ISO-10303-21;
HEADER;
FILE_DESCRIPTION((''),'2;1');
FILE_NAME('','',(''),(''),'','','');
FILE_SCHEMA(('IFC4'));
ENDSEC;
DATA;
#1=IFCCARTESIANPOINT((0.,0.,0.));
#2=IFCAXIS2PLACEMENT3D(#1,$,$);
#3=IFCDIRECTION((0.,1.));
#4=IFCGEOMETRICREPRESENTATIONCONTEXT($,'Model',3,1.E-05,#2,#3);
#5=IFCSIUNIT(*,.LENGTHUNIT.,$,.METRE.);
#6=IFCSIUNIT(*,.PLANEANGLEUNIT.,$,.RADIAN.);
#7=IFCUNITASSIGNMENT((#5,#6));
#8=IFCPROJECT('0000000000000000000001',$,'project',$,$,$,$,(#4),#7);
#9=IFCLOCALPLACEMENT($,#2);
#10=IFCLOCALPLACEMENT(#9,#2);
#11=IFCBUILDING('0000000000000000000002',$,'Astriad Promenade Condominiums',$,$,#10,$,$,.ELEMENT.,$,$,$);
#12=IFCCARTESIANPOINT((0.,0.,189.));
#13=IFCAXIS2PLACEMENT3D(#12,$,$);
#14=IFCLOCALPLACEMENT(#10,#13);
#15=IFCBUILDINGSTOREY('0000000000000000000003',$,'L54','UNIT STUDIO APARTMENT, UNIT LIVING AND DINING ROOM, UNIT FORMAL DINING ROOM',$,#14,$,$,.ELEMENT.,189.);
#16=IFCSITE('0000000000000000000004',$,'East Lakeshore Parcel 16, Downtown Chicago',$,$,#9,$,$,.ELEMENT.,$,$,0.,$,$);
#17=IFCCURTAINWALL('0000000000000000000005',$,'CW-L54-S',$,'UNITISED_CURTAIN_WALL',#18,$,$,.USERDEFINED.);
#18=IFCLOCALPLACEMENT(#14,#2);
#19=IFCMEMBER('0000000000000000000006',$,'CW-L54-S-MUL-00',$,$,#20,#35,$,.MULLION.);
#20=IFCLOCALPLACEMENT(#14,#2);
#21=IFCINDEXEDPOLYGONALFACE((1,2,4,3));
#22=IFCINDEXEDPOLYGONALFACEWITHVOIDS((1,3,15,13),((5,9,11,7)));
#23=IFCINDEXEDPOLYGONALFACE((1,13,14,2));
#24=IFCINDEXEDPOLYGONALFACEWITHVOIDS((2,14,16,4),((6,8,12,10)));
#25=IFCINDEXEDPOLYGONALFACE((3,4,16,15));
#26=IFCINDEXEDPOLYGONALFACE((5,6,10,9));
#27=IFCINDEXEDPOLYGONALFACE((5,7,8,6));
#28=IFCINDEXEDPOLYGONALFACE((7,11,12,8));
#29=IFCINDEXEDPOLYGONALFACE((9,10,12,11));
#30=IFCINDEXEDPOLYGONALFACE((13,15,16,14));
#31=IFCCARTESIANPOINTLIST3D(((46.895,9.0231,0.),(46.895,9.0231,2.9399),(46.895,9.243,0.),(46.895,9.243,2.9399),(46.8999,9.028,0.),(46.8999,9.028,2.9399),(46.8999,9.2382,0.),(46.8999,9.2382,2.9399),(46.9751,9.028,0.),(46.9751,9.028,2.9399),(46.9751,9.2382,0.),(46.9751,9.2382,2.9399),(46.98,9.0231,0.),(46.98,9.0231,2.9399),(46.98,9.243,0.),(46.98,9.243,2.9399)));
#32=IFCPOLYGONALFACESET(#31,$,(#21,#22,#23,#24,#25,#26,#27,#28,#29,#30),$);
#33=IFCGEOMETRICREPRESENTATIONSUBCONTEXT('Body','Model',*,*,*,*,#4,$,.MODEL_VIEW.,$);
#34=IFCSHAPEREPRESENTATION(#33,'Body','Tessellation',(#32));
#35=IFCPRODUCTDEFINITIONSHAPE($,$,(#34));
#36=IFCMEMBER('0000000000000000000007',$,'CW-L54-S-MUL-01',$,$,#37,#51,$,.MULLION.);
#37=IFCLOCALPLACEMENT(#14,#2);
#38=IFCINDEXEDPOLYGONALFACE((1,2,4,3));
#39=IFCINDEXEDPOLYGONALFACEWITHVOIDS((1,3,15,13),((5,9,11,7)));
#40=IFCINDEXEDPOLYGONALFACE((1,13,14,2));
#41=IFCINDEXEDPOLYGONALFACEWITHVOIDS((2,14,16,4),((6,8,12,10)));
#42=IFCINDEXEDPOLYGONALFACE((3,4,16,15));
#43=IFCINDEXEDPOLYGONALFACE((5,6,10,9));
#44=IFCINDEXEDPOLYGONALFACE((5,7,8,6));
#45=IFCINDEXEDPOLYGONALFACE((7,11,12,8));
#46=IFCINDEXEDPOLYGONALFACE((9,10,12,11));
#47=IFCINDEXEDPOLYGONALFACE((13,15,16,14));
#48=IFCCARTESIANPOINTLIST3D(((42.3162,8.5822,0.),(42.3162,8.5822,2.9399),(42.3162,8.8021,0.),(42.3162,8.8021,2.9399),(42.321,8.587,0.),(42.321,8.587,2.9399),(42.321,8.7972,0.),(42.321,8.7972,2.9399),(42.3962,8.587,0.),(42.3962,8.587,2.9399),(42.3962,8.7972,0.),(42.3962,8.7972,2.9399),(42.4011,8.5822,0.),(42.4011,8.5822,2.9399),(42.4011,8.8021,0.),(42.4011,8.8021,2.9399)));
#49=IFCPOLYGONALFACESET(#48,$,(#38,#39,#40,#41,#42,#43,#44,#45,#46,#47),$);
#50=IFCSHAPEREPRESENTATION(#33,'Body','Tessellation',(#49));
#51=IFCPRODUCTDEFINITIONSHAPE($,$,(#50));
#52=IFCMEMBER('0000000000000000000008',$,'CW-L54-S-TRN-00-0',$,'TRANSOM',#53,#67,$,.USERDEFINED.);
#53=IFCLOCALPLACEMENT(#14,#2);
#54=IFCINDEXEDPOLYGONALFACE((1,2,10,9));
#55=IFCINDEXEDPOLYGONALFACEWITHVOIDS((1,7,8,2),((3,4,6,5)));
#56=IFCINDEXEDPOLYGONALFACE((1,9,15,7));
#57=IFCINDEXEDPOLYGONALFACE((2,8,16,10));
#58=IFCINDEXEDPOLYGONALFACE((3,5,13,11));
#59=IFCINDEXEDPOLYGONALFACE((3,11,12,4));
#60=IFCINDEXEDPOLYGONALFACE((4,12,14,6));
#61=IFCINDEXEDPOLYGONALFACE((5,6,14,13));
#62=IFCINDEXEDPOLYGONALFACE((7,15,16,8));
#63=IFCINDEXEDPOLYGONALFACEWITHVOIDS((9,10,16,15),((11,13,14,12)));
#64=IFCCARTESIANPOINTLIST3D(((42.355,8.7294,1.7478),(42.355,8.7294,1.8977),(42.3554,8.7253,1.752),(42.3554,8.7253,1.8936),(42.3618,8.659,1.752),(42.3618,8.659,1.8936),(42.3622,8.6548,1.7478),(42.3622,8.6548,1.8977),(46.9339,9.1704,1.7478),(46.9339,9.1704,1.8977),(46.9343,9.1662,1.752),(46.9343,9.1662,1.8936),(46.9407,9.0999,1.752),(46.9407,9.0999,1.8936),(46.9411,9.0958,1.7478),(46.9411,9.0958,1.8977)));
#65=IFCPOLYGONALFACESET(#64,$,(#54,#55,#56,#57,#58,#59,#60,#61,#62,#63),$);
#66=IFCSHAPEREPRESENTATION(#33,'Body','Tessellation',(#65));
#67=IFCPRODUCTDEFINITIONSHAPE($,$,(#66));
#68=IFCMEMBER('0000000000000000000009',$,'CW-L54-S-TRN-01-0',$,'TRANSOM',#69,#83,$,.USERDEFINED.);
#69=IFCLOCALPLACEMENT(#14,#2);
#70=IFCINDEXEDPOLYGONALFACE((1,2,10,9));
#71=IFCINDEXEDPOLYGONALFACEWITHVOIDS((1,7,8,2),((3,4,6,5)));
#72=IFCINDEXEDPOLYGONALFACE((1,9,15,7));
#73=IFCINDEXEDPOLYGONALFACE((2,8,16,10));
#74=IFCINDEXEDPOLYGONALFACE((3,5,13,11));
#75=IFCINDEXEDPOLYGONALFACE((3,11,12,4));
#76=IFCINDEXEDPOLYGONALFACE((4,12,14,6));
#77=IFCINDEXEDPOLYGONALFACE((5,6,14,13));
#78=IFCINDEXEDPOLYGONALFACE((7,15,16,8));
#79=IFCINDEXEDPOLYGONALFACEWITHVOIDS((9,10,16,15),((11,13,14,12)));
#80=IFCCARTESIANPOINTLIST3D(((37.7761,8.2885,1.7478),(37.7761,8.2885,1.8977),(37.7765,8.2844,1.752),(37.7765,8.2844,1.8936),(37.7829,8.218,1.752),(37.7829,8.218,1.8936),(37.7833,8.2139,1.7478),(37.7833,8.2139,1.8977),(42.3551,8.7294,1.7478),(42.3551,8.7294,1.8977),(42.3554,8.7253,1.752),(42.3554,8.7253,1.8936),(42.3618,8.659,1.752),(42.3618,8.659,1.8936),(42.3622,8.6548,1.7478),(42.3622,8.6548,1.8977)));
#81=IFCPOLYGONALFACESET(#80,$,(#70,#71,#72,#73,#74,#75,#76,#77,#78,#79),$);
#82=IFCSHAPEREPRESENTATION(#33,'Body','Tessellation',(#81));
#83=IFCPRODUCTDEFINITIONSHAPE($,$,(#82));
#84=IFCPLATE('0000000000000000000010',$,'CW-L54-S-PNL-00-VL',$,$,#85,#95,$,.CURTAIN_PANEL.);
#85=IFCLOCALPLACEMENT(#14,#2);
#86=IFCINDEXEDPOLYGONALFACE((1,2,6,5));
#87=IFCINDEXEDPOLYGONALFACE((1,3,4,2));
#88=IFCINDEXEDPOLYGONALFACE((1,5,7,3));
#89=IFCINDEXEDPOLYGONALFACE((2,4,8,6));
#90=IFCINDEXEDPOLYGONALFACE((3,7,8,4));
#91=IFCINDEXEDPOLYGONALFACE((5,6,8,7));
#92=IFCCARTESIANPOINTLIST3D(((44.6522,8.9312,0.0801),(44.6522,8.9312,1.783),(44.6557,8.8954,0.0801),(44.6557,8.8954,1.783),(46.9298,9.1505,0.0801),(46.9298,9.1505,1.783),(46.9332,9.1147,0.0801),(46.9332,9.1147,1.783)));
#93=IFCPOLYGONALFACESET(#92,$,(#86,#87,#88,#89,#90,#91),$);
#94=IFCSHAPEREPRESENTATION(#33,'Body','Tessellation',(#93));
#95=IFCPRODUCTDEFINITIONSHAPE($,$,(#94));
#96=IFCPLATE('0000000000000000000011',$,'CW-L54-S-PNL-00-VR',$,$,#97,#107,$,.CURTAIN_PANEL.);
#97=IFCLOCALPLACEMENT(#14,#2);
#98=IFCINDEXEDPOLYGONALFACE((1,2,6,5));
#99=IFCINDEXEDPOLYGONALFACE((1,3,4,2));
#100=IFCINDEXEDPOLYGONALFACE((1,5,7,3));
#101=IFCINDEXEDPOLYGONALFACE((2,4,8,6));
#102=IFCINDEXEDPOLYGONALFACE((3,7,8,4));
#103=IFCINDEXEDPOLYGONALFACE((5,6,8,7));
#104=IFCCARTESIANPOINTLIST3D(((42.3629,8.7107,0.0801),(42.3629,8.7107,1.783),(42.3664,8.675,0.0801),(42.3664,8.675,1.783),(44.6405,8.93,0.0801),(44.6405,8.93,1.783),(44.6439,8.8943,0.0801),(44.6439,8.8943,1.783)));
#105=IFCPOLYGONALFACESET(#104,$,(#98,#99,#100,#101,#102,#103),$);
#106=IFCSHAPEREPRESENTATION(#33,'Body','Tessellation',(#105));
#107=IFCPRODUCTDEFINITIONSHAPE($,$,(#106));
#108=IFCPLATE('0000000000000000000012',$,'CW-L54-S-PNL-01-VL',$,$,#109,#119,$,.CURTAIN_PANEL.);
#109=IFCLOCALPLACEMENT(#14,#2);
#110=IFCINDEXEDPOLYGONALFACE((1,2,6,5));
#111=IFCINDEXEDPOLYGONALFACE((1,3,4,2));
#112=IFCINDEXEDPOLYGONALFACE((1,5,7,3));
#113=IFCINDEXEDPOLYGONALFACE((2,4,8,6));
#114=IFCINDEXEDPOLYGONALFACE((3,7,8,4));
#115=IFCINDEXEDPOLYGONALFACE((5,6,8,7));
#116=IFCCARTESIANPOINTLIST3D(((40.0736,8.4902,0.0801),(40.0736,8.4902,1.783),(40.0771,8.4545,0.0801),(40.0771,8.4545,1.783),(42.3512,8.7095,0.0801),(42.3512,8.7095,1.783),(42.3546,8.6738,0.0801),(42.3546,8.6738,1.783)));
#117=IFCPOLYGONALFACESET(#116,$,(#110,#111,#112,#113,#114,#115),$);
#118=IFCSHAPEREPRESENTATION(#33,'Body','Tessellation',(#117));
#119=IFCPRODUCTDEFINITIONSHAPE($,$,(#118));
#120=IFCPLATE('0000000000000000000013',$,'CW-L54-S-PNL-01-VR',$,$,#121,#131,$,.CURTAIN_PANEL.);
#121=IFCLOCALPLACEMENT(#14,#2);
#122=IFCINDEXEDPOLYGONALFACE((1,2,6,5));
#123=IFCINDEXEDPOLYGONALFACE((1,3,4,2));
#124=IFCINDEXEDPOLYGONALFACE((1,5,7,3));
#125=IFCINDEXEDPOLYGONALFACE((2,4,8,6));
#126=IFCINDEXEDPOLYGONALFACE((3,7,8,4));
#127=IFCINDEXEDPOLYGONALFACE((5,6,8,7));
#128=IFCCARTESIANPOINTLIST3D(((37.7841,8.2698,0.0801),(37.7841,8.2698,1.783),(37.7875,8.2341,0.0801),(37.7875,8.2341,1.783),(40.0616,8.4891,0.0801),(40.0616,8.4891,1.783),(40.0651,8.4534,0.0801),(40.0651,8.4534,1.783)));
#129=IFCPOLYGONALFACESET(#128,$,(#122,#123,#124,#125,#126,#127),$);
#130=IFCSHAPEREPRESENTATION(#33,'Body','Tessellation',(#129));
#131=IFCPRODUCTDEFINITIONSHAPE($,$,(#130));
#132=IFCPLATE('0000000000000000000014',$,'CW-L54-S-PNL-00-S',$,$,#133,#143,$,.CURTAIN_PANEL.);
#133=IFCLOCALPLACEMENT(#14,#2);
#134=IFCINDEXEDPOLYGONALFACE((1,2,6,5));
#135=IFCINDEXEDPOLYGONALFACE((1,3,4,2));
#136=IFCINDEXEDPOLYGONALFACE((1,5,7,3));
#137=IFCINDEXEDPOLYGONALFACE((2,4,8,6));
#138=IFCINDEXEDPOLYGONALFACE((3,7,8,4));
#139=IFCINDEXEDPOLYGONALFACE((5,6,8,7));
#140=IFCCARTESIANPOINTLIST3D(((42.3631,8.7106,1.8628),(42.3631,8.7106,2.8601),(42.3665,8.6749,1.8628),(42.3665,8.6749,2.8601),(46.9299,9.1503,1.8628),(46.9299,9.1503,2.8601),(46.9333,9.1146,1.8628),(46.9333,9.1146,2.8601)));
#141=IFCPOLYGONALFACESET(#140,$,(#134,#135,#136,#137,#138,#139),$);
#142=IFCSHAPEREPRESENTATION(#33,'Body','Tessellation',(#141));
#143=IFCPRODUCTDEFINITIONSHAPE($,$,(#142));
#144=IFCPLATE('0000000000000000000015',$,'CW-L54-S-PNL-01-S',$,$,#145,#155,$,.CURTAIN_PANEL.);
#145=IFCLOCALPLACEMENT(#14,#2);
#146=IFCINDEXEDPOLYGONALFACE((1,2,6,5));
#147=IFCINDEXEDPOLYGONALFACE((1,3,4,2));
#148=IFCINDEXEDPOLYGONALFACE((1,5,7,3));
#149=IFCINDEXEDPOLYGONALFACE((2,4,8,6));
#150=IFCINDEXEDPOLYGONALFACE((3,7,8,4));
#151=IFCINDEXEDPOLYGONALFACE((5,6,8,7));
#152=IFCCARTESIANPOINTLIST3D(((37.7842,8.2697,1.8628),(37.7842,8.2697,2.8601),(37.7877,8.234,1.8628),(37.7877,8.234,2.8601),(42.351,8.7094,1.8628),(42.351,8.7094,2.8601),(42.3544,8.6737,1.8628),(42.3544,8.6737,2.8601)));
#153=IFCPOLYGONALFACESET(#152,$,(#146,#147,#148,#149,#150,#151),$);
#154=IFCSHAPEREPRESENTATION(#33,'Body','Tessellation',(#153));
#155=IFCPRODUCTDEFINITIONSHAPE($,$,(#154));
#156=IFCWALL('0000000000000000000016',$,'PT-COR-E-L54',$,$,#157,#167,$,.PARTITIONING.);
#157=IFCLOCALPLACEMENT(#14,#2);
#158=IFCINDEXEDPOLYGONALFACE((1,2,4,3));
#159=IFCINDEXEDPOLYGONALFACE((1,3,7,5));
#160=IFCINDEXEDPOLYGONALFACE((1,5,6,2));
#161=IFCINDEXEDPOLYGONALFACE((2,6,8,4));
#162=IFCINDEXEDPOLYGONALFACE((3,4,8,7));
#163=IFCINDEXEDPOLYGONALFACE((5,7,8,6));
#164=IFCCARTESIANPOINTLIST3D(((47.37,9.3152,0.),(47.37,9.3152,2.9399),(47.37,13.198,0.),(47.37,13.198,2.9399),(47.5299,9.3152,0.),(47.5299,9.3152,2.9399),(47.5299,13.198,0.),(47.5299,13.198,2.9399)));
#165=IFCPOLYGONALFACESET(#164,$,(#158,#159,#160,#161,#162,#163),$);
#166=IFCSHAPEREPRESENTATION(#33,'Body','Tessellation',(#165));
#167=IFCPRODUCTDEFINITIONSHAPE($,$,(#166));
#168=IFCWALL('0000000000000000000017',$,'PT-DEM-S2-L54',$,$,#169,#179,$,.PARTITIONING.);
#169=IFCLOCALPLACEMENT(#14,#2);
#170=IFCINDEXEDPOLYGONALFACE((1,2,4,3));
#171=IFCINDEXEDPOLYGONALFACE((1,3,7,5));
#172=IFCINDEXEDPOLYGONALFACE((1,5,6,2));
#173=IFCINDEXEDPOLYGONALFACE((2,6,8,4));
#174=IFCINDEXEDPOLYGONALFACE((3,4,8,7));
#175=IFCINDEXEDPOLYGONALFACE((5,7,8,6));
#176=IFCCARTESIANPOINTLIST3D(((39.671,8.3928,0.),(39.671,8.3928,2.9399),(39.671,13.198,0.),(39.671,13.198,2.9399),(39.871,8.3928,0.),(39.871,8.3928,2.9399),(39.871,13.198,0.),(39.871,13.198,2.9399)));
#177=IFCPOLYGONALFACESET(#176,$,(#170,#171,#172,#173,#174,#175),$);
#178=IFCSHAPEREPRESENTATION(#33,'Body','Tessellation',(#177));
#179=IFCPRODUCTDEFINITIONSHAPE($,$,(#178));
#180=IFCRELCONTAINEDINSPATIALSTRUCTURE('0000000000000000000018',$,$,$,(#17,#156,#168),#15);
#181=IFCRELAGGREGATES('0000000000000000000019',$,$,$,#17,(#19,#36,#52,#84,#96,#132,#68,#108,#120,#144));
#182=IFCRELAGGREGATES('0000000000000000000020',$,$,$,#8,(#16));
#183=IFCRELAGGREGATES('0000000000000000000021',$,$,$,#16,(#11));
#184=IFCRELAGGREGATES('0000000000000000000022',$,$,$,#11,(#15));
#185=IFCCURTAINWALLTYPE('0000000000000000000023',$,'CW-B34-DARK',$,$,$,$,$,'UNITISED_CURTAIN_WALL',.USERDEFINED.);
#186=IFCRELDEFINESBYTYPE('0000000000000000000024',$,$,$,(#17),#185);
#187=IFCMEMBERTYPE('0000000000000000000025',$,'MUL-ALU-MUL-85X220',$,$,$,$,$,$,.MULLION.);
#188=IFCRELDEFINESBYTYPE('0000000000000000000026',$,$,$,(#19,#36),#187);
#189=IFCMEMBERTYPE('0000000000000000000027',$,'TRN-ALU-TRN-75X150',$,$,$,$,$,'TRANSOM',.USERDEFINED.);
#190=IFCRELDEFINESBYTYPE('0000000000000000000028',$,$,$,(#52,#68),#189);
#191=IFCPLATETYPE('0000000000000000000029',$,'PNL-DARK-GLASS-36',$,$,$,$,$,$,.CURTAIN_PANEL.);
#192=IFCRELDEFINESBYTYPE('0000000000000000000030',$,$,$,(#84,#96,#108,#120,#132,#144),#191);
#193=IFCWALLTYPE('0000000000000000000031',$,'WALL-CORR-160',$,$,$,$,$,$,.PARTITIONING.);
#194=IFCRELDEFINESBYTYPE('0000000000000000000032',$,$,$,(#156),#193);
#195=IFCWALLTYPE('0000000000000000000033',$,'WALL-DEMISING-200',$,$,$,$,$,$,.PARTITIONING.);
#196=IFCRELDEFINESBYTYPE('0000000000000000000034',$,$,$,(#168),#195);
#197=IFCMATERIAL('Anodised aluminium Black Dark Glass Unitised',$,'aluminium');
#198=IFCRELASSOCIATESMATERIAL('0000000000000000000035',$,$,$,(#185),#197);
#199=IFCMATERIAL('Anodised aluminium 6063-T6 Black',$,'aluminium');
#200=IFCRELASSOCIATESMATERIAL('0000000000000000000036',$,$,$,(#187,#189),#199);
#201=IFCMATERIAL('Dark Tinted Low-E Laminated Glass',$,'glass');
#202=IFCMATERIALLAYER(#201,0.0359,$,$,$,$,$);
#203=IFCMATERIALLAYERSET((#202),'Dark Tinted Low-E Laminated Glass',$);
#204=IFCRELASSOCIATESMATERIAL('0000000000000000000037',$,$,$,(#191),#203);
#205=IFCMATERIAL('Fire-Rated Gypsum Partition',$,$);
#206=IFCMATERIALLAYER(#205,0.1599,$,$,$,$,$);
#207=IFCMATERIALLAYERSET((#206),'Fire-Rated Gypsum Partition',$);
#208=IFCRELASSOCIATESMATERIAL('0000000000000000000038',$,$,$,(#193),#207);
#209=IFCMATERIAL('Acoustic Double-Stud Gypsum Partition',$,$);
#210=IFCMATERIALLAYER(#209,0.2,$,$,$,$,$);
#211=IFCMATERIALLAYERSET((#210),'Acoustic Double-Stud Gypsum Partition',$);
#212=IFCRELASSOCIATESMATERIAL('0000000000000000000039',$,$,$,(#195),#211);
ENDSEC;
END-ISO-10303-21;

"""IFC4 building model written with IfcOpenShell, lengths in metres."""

from ifc_helpers import new_model, si_unit, direction, frame, frame_2d, origin, origin_2d, place, context, subcontext, project, spatial, rectangle, hollow_rectangle, extrude, source, transform, mapped, material, layer, layer_set, material_profile, profile_set, type_object, type_shapes, element, aggregate, save


model = new_model("IFC4")

# Units and contexts
model_context = context("Model", 3, precision=1e-05, world=origin(), true_north=direction((0.0, 1.0)))
body_context = subcontext(model_context, "Body", "Model", "MODEL_VIEW")
ifc_project = project(units=[si_unit("LENGTHUNIT", "METRE"), si_unit("PLANEANGLEUNIT", "RADIAN")], contexts=[model_context])

# Site, building, storey
site_placement = place(None, origin())
site = spatial("IfcSite", under=ifc_project, at=site_placement, Name="East Lakeshore Parcel 16, Downtown Chicago", CompositionType="ELEMENT", RefElevation=0.0)
building_placement = place(site_placement, origin())
building = spatial("IfcBuilding", under=site, at=building_placement, Name="Astriad Promenade Condominiums", CompositionType="ELEMENT")
storey_placement = place(building_placement, frame((0.0, 0.0, 189.0)))
storey = spatial("IfcBuildingStorey", under=building, at=storey_placement, Name="L54", Description="UNIT STUDIO APARTMENT, UNIT LIVING AND DINING ROOM, UNIT FORMAL DINING ROOM", CompositionType="ELEMENT", Elevation=189.0)

# Curtain wall, members, plates
ifc_material_1 = material(Name="Anodised aluminium Black Dark Glass Unitised", Category="aluminium")
curtain_wall_type = type_object("IfcCurtainWallType", Name="CW-B34-DARK", ElementType="UNITISED_CURTAIN_WALL", PredefinedType="USERDEFINED", material=ifc_material_1)
curtain_wall_placement = place(storey_placement, origin())
curtain_wall = element("IfcCurtainWall", 1, at=curtain_wall_placement, inside=storey, type_object=curtain_wall_type, Name="CW-L54-S", ObjectType="UNITISED_CURTAIN_WALL", PredefinedType="USERDEFINED")
ifc_material_2 = material(Name="Anodised aluminium 6063-T6 Black", Category="aluminium")
ifc_material_profile_1 = material_profile(ifc_material_2, hollow_rectangle(XDim=0.085, YDim=0.22, WallThickness=0.0049, at=origin_2d()), Name="ALU-MUL-85X220")
ifc_profile_set_1 = profile_set([ifc_material_profile_1], Name="Anodised aluminium 6063-T6 Black")
member_type_1 = type_object("IfcMemberType", Name="MUL-ALU-MUL-85X220", PredefinedType="MULLION", material=ifc_profile_set_1)
shared_shape_1 = source(origin(), body_context, "Body", "SweptSolid", [
    extrude(hollow_rectangle(XDim=0.085, YDim=0.22, WallThickness=0.0049, at=origin_2d()), origin(), (0.0, 0.0, 1.0), 2.9399),
])
type_shapes(member_type_1, [shared_shape_1])
member_1_placement = place(storey_placement, frame((46.9375, 9.1331, 0.0), z_axis=(0.0, 0.0, 1.0), x_axis=(1.0, 0.0, 0.0)))
member_1 = element("IfcMember", 2, at=member_1_placement, type_object=member_type_1, Name="CW-L54-S-MUL-00", PredefinedType="MULLION", context=body_context, shape_type="MappedRepresentation", body=[
    mapped(shared_shape_1, transform((0.0, 0.0, 0.0), scale=1.0)),
])
member_2_placement = place(storey_placement, frame((42.3586, 8.6921, 0.0), z_axis=(0.0, 0.0, 1.0), x_axis=(1.0, 0.0, 0.0)))
member_2 = element("IfcMember", 3, at=member_2_placement, type_object=member_type_1, Name="CW-L54-S-MUL-01", PredefinedType="MULLION", context=body_context, shape_type="MappedRepresentation", body=[
    mapped(shared_shape_1, transform((0.0, 0.0, 0.0), scale=1.0)),
])
ifc_material_profile_2 = material_profile(ifc_material_2, hollow_rectangle(XDim=0.075, YDim=0.1499, WallThickness=0.0042, at=origin_2d()), Name="ALU-TRN-75X150")
ifc_profile_set_2 = profile_set([ifc_material_profile_2], Name="Anodised aluminium 6063-T6 Black")
member_type_2 = type_object("IfcMemberType", Name="TRN-ALU-TRN-75X150", ElementType="TRANSOM", PredefinedType="USERDEFINED", material=ifc_profile_set_2)
shared_shape_2 = source(origin(), body_context, "Body", "SweptSolid", [
    extrude(hollow_rectangle(XDim=0.075, YDim=0.1499, WallThickness=0.0042, at=origin_2d()), origin(), (0.0, 0.0, 1.0), 4.6001),
])
type_shapes(member_type_2, [shared_shape_2])
member_3_placement = place(storey_placement, frame((46.9375, 9.1331, 1.8228), z_axis=(-0.995396, -0.095851, 0.0), x_axis=(0.095851, -0.995396, 0.0)))
member_3 = element("IfcMember", 4, at=member_3_placement, type_object=member_type_2, Name="CW-L54-S-TRN-00-0", ObjectType="TRANSOM", PredefinedType="USERDEFINED", context=body_context, shape_type="MappedRepresentation", body=[
    mapped(shared_shape_2, transform((0.0, 0.0, 0.0), scale=1.0)),
])
member_4_placement = place(storey_placement, frame((42.3586, 8.6921, 1.8228), z_axis=(-0.995396, -0.095851, 0.0), x_axis=(0.095851, -0.995396, 0.0)))
member_4 = element("IfcMember", 5, at=member_4_placement, type_object=member_type_2, Name="CW-L54-S-TRN-01-0", ObjectType="TRANSOM", PredefinedType="USERDEFINED", context=body_context, shape_type="MappedRepresentation", body=[
    mapped(shared_shape_2, transform((0.0, 0.0, 0.0), scale=1.0)),
])
ifc_material_3 = material(Name="Dark Tinted Low-E Laminated Glass", Category="glass")
ifc_layer_1 = layer(ifc_material_3, 0.0359)
ifc_layer_set_1 = layer_set([ifc_layer_1], Name="Dark Tinted Low-E Laminated Glass")
plate_type = type_object("IfcPlateType", Name="PNL-DARK-GLASS-36", PredefinedType="CURTAIN_PANEL", material=ifc_layer_set_1)
shared_shape_3 = source(origin(), body_context, "Body", "SweptSolid", [
    extrude(rectangle(XDim=2.2881, YDim=0.0359, at=origin_2d()), origin(), (0.0, 0.0, 1.0), 1.7029),
])
plate_1_placement = place(storey_placement, frame((45.7927, 9.0229, 0.0801), z_axis=(0.0, 0.0, 1.0), x_axis=(-0.995396, -0.095846, 0.0)))
plate_1 = element("IfcPlate", 6, at=plate_1_placement, type_object=plate_type, Name="CW-L54-S-PNL-00-VL", PredefinedType="CURTAIN_PANEL", context=body_context, shape_type="MappedRepresentation", body=[
    mapped(shared_shape_3, transform((0.0, 0.0, 0.0), scale=1.0)),
])
plate_2_placement = place(storey_placement, frame((43.5034, 8.8025, 0.0801), z_axis=(0.0, 0.0, 1.0), x_axis=(-0.995396, -0.095846, 0.0)))
plate_2 = element("IfcPlate", 7, at=plate_2_placement, type_object=plate_type, Name="CW-L54-S-PNL-00-VR", PredefinedType="CURTAIN_PANEL", context=body_context, shape_type="MappedRepresentation", body=[
    mapped(shared_shape_3, transform((0.0, 0.0, 0.0), scale=1.0)),
])
plate_3_placement = place(storey_placement, frame((41.2141, 8.582, 0.0801), z_axis=(0.0, 0.0, 1.0), x_axis=(-0.995396, -0.095846, 0.0)))
plate_3 = element("IfcPlate", 8, at=plate_3_placement, type_object=plate_type, Name="CW-L54-S-PNL-01-VL", PredefinedType="CURTAIN_PANEL", context=body_context, shape_type="MappedRepresentation", body=[
    mapped(shared_shape_3, transform((0.0, 0.0, 0.0), scale=1.0)),
])
plate_4_placement = place(storey_placement, frame((38.9246, 8.3616, 0.0801), z_axis=(0.0, 0.0, 1.0), x_axis=(-0.995396, -0.095846, 0.0)))
plate_4 = element("IfcPlate", 9, at=plate_4_placement, type_object=plate_type, Name="CW-L54-S-PNL-01-VR", PredefinedType="CURTAIN_PANEL", context=body_context, shape_type="MappedRepresentation", body=[
    mapped(shared_shape_3, transform((0.0, 0.0, 0.0), scale=1.0)),
])
shared_shape_4 = source(origin(), body_context, "Body", "SweptSolid", [
    extrude(rectangle(XDim=4.5879, YDim=0.0359, at=origin_2d()), origin(), (0.0, 0.0, 1.0), 0.9973),
])
type_shapes(plate_type, [shared_shape_3, shared_shape_4])
plate_5_placement = place(storey_placement, frame((44.6482, 8.9126, 1.8628), z_axis=(0.0, 0.0, 1.0), x_axis=(-0.995396, -0.095846, 0.0)))
plate_5 = element("IfcPlate", 10, at=plate_5_placement, type_object=plate_type, Name="CW-L54-S-PNL-00-S", PredefinedType="CURTAIN_PANEL", context=body_context, shape_type="MappedRepresentation", body=[
    mapped(shared_shape_4, transform((0.0, 0.0, 0.0), scale=1.0)),
])
plate_6_placement = place(storey_placement, frame((40.0693, 8.4717, 1.8628), z_axis=(0.0, 0.0, 1.0), x_axis=(-0.995396, -0.095846, 0.0)))
plate_6 = element("IfcPlate", 11, at=plate_6_placement, type_object=plate_type, Name="CW-L54-S-PNL-01-S", PredefinedType="CURTAIN_PANEL", context=body_context, shape_type="MappedRepresentation", body=[
    mapped(shared_shape_4, transform((0.0, 0.0, 0.0), scale=1.0)),
])
aggregate(curtain_wall, [member_1, member_2, member_3, plate_1, plate_2, plate_5, member_4, plate_3, plate_4, plate_6])

# Walls
ifc_material_4 = material(Name="Fire-Rated Gypsum Partition")
ifc_layer_2 = layer(ifc_material_4, 0.1599)
ifc_layer_set_2 = layer_set([ifc_layer_2], Name="Fire-Rated Gypsum Partition")
wall_type_1 = type_object("IfcWallType", Name="WALL-CORR-160", PredefinedType="PARTITIONING", material=ifc_layer_set_2)
wall_1_placement = place(storey_placement, frame((47.45, 9.3152, 0.0), z_axis=(0.0, 0.0, 1.0), x_axis=(0.0, 1.0, 0.0)))
element("IfcWall", 12, at=wall_1_placement, inside=storey, type_object=wall_type_1, Name="PT-COR-E-L54", PredefinedType="PARTITIONING", context=body_context, shape_type="SweptSolid", body=[
    extrude(rectangle(XDim=3.8828, YDim=0.1599, at=frame_2d((1.9414, 0.0))), origin(), (0.0, 0.0, 1.0), 2.9399),
])
ifc_material_5 = material(Name="Acoustic Double-Stud Gypsum Partition")
ifc_layer_3 = layer(ifc_material_5, 0.2)
ifc_layer_set_3 = layer_set([ifc_layer_3], Name="Acoustic Double-Stud Gypsum Partition")
wall_type_2 = type_object("IfcWallType", Name="WALL-DEMISING-200", PredefinedType="PARTITIONING", material=ifc_layer_set_3)
wall_2_placement = place(storey_placement, frame((39.771, 8.3928, 0.0), z_axis=(0.0, 0.0, 1.0), x_axis=(0.0, 1.0, 0.0)))
element("IfcWall", 13, at=wall_2_placement, inside=storey, type_object=wall_type_2, Name="PT-DEM-S2-L54", PredefinedType="PARTITIONING", context=body_context, shape_type="SweptSolid", body=[
    extrude(rectangle(XDim=4.8052, YDim=0.2, at=frame_2d((2.4026, 0.0))), origin(), (0.0, 0.0, 1.0), 2.9399),
])

save(model, "model.ifc")
